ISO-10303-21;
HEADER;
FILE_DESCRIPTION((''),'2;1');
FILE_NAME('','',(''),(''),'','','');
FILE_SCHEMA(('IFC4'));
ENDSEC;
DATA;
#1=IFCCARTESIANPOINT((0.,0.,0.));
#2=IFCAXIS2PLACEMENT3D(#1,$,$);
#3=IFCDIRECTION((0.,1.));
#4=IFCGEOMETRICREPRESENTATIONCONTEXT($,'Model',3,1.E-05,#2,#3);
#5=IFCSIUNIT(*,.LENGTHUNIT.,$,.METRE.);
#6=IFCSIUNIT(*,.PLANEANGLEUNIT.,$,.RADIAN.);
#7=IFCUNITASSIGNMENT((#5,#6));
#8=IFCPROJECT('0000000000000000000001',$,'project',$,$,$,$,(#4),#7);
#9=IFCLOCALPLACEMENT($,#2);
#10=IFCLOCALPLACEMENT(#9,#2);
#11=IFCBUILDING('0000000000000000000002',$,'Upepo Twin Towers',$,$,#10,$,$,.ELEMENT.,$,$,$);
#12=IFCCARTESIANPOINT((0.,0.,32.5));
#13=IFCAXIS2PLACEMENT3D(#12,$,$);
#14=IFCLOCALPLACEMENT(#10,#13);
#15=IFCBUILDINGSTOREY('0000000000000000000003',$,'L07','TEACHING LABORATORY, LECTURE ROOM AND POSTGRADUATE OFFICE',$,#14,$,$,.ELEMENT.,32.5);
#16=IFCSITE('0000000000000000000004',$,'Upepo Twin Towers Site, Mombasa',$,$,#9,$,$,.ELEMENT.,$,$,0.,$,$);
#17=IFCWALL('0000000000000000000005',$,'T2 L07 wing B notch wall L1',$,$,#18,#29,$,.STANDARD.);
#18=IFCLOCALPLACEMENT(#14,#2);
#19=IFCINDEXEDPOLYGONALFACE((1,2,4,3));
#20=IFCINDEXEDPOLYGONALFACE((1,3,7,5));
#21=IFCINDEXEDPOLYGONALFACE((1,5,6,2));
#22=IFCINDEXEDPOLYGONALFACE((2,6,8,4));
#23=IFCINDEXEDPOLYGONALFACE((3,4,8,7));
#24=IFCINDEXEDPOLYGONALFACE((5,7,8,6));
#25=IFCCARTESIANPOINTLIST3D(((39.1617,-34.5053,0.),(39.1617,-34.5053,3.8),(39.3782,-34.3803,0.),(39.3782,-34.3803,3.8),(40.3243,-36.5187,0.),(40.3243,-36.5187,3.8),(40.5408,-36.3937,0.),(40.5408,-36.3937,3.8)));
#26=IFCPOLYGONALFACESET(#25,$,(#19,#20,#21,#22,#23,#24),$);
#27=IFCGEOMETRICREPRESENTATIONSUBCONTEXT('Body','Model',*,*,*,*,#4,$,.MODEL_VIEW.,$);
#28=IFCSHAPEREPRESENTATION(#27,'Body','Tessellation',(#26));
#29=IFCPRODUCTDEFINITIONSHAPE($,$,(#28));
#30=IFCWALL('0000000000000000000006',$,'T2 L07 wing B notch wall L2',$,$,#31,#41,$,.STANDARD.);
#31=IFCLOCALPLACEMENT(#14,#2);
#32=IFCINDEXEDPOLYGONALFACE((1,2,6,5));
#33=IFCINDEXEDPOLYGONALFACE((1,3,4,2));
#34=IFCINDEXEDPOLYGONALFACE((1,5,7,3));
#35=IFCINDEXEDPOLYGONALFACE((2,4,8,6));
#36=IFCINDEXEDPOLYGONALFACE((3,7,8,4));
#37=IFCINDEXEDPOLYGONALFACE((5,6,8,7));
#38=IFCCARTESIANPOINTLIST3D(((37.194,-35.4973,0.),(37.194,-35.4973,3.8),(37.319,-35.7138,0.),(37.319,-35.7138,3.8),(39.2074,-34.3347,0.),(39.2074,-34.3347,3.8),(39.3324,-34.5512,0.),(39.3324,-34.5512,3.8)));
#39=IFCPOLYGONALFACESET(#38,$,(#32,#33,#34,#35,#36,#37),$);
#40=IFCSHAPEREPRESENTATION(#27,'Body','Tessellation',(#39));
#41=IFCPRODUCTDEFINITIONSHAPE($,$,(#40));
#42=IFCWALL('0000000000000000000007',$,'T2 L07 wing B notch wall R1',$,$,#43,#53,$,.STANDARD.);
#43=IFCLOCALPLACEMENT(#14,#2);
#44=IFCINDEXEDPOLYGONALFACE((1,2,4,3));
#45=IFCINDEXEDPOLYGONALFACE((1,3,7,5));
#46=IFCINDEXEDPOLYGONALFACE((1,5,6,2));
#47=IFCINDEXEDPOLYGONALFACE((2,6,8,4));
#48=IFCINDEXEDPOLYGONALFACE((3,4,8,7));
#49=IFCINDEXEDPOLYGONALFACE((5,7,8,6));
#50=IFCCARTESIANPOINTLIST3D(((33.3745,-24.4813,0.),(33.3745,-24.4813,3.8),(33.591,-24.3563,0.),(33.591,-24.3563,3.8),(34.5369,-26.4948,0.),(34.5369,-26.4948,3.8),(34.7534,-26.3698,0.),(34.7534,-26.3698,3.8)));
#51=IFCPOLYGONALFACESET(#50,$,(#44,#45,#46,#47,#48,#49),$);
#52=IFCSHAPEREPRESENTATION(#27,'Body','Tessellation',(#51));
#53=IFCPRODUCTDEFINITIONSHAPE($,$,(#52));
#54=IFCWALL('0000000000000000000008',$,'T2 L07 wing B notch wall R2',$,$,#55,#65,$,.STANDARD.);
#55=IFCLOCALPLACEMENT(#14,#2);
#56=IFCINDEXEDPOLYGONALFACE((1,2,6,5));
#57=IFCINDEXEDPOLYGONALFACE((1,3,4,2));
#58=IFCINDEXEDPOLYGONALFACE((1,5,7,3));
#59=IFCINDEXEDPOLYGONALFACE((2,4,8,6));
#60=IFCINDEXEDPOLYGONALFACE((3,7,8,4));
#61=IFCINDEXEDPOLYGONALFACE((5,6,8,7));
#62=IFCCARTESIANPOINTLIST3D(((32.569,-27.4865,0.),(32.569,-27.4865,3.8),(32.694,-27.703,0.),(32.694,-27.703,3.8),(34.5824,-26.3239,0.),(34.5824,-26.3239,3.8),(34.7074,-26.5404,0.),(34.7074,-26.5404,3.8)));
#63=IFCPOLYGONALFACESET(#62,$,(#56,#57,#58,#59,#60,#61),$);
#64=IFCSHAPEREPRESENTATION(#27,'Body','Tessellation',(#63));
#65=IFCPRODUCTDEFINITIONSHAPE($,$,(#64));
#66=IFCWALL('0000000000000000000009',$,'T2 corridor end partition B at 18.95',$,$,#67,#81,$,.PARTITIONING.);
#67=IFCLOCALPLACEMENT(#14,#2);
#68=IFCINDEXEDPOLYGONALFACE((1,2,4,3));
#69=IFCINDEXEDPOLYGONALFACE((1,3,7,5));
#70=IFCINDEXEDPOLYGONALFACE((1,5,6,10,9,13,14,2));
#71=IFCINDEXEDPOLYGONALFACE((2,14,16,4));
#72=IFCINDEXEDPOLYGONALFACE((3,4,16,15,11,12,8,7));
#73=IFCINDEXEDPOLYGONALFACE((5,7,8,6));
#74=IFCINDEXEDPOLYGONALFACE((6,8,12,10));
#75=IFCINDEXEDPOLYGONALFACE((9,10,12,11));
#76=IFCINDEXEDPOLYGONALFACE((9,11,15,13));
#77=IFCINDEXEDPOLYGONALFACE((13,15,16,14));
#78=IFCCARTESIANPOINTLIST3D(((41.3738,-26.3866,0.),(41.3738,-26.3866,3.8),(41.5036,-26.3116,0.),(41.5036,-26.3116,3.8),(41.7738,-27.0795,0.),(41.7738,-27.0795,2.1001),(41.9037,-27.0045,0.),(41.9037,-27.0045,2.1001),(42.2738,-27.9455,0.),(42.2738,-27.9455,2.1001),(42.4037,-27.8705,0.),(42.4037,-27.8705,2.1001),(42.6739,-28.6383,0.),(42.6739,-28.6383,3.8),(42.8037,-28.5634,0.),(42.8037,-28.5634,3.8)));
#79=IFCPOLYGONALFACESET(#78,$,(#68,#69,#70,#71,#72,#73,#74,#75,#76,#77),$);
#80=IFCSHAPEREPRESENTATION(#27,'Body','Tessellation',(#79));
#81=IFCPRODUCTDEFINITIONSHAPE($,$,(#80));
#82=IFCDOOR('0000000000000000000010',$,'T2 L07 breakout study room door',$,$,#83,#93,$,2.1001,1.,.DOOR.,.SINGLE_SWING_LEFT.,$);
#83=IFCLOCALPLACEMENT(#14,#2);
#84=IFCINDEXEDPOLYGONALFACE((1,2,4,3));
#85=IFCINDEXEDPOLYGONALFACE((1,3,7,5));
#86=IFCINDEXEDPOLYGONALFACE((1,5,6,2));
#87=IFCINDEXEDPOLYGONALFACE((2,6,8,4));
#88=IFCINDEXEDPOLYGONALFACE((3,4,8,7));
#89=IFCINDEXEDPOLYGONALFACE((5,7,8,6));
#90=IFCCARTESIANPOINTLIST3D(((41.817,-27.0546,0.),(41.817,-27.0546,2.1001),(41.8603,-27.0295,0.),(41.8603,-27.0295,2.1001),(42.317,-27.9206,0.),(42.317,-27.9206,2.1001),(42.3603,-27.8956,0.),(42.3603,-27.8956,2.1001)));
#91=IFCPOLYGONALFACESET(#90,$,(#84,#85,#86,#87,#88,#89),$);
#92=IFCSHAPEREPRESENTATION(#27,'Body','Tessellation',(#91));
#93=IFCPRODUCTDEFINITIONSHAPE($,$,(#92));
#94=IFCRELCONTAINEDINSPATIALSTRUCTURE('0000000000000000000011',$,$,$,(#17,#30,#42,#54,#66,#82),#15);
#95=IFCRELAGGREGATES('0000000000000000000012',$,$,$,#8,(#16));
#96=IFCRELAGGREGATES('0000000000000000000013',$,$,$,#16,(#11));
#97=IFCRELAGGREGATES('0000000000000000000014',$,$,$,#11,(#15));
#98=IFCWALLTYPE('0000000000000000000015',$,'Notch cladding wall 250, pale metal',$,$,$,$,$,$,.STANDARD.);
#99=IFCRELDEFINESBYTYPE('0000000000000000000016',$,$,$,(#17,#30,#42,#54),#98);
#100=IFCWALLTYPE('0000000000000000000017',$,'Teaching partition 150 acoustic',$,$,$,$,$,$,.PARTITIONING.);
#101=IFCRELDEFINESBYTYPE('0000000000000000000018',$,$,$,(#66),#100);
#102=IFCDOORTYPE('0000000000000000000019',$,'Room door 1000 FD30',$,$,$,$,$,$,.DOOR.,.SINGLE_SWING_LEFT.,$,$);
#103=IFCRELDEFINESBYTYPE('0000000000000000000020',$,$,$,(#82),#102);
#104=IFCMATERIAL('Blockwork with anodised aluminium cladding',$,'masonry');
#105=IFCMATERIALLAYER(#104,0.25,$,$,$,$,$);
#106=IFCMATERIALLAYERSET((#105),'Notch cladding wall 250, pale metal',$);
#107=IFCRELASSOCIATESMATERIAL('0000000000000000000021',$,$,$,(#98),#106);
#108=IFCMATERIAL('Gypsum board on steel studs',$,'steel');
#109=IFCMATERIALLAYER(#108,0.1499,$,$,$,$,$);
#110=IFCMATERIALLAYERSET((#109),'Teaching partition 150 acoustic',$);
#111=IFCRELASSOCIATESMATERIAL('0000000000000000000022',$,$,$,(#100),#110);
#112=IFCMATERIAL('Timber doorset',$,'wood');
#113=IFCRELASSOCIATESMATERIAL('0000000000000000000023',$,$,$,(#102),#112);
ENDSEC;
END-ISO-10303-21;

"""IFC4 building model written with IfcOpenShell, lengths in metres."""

from ifc_helpers import new_model, si_unit, direction, frame, frame_2d, origin, place, context, subcontext, project, spatial, rectangle, extrude, material, layer, layer_set, type_object, element, fill, save


model = new_model("IFC4")

# Units and contexts
model_context = context("Model", 3, precision=1e-05, world=origin(), true_north=direction((0.0, 1.0)))
body_context = subcontext(model_context, "Body", "Model", "MODEL_VIEW")
ifc_project = project(units=[si_unit("LENGTHUNIT", "METRE"), si_unit("PLANEANGLEUNIT", "RADIAN")], contexts=[model_context])

# Site, building, storey
site_placement = place(None, origin())
site = spatial("IfcSite", under=ifc_project, at=site_placement, Name="Upepo Twin Towers Site, Mombasa", CompositionType="ELEMENT", RefElevation=0.0)
building_placement = place(site_placement, origin())
building = spatial("IfcBuilding", under=site, at=building_placement, Name="Upepo Twin Towers", CompositionType="ELEMENT")
storey_placement = place(building_placement, frame((0.0, 0.0, 32.5)))
storey = spatial("IfcBuildingStorey", under=building, at=storey_placement, Name="L07", Description="TEACHING LABORATORY, LECTURE ROOM AND POSTGRADUATE OFFICE", CompositionType="ELEMENT", Elevation=32.5)

# Walls
ifc_material_1 = material(Name="Blockwork with anodised aluminium cladding", Category="masonry")
ifc_layer_1 = layer(ifc_material_1, 0.25)
ifc_layer_set_1 = layer_set([ifc_layer_1], Name="Notch cladding wall 250, pale metal")
wall_type_1 = type_object("IfcWallType", Name="Notch cladding wall 250, pale metal", PredefinedType="STANDARD", material=ifc_layer_set_1)
for number, where, z_axis, x_axis, name in (
    (1, (40.4326, -36.4563, 0.0), (0.0, 0.0, 1.0), (-0.500047, 0.865998, 0.0), "T2 L07 wing B notch wall L1"),
    (2, (39.27, -34.4429, 0.0), (0.0, 0.0, 1.0), (-0.865998, -0.500047, 0.0), "T2 L07 wing B notch wall L2"),
    (3, (33.4827, -24.4187, 0.0), (0.0, 0.0, 1.0), (0.499968, -0.866044, 0.0), "T2 L07 wing B notch wall R1"),
    (4, (34.645, -26.4321, 0.0), (0.0, 0.0, 1.0), (-0.865998, -0.500047, 0.0), "T2 L07 wing B notch wall R2"),
):
    element("IfcWall", number, at=place(storey_placement, frame(where, z_axis=z_axis, x_axis=x_axis)), inside=storey, type_object=wall_type_1, Name=name, PredefinedType="STANDARD", context=body_context, shape_type="SweptSolid", body=[
        extrude(rectangle(XDim=2.325, YDim=0.25, at=frame_2d((1.1626, 0.0))), origin(), (0.0, 0.0, 1.0), 3.8),
    ])

# Wall, opening, door
ifc_material_2 = material(Name="Gypsum board on steel studs", Category="steel")
ifc_layer_2 = layer(ifc_material_2, 0.1499)
ifc_layer_set_2 = layer_set([ifc_layer_2], Name="Teaching partition 150 acoustic")
wall_type_2 = type_object("IfcWallType", Name="Teaching partition 150 acoustic", PredefinedType="PARTITIONING", material=ifc_layer_set_2)
wall_placement = place(storey_placement, frame((41.4387, -26.3491, 0.0), z_axis=(0.0, 0.0, 1.0), x_axis=(0.500007, -0.866021, 0.0)))
wall = element("IfcWall", 5, at=wall_placement, inside=storey, type_object=wall_type_2, Name="T2 corridor end partition B at 18.95", PredefinedType="PARTITIONING", context=body_context, shape_type="SweptSolid", body=[
    extrude(rectangle(XDim=2.6001, YDim=0.1499, at=frame_2d((1.3, 0.0))), origin(), (0.0, 0.0, 1.0), 3.8),
])
opening_placement = place(wall_placement, frame((0.8, 0.0, 0.0)))
opening = element("IfcOpeningElement", 6, at=opening_placement, cuts=wall, PredefinedType="OPENING", context=body_context, shape_type="SweptSolid", body=[
    extrude(rectangle(XDim=1.0, YDim=2.1001, at=frame_2d((0.5, 1.05))), frame((0.0, 0.085, 0.0), z_axis=(0.0, -1.0, 0.0), x_axis=(1.0, 0.0, 0.0)), (0.0, 0.0, 1.0), 0.1699),
])
ifc_material_3 = material(Name="Timber doorset", Category="wood")
door_type = type_object("IfcDoorType", Name="Room door 1000 FD30", OperationType="SINGLE_SWING_LEFT", PredefinedType="DOOR", material=ifc_material_3)
door_placement = place(opening_placement, origin())
door = element("IfcDoor", 7, at=door_placement, inside=storey, type_object=door_type, Name="T2 L07 breakout study room door", OperationType="SINGLE_SWING_LEFT", OverallHeight=2.1001, OverallWidth=1.0, PredefinedType="DOOR", context=body_context, shape_type="SweptSolid", body=[
    extrude(rectangle(XDim=1.0, YDim=2.1001, at=frame_2d((0.5, 1.05))), frame((0.0, 0.0249, 0.0), z_axis=(0.0, -1.0, 0.0), x_axis=(1.0, 0.0, 0.0)), (0.0, 0.0, 1.0), 0.05),
])
fill(opening, door)

save(model, "model.ifc")
